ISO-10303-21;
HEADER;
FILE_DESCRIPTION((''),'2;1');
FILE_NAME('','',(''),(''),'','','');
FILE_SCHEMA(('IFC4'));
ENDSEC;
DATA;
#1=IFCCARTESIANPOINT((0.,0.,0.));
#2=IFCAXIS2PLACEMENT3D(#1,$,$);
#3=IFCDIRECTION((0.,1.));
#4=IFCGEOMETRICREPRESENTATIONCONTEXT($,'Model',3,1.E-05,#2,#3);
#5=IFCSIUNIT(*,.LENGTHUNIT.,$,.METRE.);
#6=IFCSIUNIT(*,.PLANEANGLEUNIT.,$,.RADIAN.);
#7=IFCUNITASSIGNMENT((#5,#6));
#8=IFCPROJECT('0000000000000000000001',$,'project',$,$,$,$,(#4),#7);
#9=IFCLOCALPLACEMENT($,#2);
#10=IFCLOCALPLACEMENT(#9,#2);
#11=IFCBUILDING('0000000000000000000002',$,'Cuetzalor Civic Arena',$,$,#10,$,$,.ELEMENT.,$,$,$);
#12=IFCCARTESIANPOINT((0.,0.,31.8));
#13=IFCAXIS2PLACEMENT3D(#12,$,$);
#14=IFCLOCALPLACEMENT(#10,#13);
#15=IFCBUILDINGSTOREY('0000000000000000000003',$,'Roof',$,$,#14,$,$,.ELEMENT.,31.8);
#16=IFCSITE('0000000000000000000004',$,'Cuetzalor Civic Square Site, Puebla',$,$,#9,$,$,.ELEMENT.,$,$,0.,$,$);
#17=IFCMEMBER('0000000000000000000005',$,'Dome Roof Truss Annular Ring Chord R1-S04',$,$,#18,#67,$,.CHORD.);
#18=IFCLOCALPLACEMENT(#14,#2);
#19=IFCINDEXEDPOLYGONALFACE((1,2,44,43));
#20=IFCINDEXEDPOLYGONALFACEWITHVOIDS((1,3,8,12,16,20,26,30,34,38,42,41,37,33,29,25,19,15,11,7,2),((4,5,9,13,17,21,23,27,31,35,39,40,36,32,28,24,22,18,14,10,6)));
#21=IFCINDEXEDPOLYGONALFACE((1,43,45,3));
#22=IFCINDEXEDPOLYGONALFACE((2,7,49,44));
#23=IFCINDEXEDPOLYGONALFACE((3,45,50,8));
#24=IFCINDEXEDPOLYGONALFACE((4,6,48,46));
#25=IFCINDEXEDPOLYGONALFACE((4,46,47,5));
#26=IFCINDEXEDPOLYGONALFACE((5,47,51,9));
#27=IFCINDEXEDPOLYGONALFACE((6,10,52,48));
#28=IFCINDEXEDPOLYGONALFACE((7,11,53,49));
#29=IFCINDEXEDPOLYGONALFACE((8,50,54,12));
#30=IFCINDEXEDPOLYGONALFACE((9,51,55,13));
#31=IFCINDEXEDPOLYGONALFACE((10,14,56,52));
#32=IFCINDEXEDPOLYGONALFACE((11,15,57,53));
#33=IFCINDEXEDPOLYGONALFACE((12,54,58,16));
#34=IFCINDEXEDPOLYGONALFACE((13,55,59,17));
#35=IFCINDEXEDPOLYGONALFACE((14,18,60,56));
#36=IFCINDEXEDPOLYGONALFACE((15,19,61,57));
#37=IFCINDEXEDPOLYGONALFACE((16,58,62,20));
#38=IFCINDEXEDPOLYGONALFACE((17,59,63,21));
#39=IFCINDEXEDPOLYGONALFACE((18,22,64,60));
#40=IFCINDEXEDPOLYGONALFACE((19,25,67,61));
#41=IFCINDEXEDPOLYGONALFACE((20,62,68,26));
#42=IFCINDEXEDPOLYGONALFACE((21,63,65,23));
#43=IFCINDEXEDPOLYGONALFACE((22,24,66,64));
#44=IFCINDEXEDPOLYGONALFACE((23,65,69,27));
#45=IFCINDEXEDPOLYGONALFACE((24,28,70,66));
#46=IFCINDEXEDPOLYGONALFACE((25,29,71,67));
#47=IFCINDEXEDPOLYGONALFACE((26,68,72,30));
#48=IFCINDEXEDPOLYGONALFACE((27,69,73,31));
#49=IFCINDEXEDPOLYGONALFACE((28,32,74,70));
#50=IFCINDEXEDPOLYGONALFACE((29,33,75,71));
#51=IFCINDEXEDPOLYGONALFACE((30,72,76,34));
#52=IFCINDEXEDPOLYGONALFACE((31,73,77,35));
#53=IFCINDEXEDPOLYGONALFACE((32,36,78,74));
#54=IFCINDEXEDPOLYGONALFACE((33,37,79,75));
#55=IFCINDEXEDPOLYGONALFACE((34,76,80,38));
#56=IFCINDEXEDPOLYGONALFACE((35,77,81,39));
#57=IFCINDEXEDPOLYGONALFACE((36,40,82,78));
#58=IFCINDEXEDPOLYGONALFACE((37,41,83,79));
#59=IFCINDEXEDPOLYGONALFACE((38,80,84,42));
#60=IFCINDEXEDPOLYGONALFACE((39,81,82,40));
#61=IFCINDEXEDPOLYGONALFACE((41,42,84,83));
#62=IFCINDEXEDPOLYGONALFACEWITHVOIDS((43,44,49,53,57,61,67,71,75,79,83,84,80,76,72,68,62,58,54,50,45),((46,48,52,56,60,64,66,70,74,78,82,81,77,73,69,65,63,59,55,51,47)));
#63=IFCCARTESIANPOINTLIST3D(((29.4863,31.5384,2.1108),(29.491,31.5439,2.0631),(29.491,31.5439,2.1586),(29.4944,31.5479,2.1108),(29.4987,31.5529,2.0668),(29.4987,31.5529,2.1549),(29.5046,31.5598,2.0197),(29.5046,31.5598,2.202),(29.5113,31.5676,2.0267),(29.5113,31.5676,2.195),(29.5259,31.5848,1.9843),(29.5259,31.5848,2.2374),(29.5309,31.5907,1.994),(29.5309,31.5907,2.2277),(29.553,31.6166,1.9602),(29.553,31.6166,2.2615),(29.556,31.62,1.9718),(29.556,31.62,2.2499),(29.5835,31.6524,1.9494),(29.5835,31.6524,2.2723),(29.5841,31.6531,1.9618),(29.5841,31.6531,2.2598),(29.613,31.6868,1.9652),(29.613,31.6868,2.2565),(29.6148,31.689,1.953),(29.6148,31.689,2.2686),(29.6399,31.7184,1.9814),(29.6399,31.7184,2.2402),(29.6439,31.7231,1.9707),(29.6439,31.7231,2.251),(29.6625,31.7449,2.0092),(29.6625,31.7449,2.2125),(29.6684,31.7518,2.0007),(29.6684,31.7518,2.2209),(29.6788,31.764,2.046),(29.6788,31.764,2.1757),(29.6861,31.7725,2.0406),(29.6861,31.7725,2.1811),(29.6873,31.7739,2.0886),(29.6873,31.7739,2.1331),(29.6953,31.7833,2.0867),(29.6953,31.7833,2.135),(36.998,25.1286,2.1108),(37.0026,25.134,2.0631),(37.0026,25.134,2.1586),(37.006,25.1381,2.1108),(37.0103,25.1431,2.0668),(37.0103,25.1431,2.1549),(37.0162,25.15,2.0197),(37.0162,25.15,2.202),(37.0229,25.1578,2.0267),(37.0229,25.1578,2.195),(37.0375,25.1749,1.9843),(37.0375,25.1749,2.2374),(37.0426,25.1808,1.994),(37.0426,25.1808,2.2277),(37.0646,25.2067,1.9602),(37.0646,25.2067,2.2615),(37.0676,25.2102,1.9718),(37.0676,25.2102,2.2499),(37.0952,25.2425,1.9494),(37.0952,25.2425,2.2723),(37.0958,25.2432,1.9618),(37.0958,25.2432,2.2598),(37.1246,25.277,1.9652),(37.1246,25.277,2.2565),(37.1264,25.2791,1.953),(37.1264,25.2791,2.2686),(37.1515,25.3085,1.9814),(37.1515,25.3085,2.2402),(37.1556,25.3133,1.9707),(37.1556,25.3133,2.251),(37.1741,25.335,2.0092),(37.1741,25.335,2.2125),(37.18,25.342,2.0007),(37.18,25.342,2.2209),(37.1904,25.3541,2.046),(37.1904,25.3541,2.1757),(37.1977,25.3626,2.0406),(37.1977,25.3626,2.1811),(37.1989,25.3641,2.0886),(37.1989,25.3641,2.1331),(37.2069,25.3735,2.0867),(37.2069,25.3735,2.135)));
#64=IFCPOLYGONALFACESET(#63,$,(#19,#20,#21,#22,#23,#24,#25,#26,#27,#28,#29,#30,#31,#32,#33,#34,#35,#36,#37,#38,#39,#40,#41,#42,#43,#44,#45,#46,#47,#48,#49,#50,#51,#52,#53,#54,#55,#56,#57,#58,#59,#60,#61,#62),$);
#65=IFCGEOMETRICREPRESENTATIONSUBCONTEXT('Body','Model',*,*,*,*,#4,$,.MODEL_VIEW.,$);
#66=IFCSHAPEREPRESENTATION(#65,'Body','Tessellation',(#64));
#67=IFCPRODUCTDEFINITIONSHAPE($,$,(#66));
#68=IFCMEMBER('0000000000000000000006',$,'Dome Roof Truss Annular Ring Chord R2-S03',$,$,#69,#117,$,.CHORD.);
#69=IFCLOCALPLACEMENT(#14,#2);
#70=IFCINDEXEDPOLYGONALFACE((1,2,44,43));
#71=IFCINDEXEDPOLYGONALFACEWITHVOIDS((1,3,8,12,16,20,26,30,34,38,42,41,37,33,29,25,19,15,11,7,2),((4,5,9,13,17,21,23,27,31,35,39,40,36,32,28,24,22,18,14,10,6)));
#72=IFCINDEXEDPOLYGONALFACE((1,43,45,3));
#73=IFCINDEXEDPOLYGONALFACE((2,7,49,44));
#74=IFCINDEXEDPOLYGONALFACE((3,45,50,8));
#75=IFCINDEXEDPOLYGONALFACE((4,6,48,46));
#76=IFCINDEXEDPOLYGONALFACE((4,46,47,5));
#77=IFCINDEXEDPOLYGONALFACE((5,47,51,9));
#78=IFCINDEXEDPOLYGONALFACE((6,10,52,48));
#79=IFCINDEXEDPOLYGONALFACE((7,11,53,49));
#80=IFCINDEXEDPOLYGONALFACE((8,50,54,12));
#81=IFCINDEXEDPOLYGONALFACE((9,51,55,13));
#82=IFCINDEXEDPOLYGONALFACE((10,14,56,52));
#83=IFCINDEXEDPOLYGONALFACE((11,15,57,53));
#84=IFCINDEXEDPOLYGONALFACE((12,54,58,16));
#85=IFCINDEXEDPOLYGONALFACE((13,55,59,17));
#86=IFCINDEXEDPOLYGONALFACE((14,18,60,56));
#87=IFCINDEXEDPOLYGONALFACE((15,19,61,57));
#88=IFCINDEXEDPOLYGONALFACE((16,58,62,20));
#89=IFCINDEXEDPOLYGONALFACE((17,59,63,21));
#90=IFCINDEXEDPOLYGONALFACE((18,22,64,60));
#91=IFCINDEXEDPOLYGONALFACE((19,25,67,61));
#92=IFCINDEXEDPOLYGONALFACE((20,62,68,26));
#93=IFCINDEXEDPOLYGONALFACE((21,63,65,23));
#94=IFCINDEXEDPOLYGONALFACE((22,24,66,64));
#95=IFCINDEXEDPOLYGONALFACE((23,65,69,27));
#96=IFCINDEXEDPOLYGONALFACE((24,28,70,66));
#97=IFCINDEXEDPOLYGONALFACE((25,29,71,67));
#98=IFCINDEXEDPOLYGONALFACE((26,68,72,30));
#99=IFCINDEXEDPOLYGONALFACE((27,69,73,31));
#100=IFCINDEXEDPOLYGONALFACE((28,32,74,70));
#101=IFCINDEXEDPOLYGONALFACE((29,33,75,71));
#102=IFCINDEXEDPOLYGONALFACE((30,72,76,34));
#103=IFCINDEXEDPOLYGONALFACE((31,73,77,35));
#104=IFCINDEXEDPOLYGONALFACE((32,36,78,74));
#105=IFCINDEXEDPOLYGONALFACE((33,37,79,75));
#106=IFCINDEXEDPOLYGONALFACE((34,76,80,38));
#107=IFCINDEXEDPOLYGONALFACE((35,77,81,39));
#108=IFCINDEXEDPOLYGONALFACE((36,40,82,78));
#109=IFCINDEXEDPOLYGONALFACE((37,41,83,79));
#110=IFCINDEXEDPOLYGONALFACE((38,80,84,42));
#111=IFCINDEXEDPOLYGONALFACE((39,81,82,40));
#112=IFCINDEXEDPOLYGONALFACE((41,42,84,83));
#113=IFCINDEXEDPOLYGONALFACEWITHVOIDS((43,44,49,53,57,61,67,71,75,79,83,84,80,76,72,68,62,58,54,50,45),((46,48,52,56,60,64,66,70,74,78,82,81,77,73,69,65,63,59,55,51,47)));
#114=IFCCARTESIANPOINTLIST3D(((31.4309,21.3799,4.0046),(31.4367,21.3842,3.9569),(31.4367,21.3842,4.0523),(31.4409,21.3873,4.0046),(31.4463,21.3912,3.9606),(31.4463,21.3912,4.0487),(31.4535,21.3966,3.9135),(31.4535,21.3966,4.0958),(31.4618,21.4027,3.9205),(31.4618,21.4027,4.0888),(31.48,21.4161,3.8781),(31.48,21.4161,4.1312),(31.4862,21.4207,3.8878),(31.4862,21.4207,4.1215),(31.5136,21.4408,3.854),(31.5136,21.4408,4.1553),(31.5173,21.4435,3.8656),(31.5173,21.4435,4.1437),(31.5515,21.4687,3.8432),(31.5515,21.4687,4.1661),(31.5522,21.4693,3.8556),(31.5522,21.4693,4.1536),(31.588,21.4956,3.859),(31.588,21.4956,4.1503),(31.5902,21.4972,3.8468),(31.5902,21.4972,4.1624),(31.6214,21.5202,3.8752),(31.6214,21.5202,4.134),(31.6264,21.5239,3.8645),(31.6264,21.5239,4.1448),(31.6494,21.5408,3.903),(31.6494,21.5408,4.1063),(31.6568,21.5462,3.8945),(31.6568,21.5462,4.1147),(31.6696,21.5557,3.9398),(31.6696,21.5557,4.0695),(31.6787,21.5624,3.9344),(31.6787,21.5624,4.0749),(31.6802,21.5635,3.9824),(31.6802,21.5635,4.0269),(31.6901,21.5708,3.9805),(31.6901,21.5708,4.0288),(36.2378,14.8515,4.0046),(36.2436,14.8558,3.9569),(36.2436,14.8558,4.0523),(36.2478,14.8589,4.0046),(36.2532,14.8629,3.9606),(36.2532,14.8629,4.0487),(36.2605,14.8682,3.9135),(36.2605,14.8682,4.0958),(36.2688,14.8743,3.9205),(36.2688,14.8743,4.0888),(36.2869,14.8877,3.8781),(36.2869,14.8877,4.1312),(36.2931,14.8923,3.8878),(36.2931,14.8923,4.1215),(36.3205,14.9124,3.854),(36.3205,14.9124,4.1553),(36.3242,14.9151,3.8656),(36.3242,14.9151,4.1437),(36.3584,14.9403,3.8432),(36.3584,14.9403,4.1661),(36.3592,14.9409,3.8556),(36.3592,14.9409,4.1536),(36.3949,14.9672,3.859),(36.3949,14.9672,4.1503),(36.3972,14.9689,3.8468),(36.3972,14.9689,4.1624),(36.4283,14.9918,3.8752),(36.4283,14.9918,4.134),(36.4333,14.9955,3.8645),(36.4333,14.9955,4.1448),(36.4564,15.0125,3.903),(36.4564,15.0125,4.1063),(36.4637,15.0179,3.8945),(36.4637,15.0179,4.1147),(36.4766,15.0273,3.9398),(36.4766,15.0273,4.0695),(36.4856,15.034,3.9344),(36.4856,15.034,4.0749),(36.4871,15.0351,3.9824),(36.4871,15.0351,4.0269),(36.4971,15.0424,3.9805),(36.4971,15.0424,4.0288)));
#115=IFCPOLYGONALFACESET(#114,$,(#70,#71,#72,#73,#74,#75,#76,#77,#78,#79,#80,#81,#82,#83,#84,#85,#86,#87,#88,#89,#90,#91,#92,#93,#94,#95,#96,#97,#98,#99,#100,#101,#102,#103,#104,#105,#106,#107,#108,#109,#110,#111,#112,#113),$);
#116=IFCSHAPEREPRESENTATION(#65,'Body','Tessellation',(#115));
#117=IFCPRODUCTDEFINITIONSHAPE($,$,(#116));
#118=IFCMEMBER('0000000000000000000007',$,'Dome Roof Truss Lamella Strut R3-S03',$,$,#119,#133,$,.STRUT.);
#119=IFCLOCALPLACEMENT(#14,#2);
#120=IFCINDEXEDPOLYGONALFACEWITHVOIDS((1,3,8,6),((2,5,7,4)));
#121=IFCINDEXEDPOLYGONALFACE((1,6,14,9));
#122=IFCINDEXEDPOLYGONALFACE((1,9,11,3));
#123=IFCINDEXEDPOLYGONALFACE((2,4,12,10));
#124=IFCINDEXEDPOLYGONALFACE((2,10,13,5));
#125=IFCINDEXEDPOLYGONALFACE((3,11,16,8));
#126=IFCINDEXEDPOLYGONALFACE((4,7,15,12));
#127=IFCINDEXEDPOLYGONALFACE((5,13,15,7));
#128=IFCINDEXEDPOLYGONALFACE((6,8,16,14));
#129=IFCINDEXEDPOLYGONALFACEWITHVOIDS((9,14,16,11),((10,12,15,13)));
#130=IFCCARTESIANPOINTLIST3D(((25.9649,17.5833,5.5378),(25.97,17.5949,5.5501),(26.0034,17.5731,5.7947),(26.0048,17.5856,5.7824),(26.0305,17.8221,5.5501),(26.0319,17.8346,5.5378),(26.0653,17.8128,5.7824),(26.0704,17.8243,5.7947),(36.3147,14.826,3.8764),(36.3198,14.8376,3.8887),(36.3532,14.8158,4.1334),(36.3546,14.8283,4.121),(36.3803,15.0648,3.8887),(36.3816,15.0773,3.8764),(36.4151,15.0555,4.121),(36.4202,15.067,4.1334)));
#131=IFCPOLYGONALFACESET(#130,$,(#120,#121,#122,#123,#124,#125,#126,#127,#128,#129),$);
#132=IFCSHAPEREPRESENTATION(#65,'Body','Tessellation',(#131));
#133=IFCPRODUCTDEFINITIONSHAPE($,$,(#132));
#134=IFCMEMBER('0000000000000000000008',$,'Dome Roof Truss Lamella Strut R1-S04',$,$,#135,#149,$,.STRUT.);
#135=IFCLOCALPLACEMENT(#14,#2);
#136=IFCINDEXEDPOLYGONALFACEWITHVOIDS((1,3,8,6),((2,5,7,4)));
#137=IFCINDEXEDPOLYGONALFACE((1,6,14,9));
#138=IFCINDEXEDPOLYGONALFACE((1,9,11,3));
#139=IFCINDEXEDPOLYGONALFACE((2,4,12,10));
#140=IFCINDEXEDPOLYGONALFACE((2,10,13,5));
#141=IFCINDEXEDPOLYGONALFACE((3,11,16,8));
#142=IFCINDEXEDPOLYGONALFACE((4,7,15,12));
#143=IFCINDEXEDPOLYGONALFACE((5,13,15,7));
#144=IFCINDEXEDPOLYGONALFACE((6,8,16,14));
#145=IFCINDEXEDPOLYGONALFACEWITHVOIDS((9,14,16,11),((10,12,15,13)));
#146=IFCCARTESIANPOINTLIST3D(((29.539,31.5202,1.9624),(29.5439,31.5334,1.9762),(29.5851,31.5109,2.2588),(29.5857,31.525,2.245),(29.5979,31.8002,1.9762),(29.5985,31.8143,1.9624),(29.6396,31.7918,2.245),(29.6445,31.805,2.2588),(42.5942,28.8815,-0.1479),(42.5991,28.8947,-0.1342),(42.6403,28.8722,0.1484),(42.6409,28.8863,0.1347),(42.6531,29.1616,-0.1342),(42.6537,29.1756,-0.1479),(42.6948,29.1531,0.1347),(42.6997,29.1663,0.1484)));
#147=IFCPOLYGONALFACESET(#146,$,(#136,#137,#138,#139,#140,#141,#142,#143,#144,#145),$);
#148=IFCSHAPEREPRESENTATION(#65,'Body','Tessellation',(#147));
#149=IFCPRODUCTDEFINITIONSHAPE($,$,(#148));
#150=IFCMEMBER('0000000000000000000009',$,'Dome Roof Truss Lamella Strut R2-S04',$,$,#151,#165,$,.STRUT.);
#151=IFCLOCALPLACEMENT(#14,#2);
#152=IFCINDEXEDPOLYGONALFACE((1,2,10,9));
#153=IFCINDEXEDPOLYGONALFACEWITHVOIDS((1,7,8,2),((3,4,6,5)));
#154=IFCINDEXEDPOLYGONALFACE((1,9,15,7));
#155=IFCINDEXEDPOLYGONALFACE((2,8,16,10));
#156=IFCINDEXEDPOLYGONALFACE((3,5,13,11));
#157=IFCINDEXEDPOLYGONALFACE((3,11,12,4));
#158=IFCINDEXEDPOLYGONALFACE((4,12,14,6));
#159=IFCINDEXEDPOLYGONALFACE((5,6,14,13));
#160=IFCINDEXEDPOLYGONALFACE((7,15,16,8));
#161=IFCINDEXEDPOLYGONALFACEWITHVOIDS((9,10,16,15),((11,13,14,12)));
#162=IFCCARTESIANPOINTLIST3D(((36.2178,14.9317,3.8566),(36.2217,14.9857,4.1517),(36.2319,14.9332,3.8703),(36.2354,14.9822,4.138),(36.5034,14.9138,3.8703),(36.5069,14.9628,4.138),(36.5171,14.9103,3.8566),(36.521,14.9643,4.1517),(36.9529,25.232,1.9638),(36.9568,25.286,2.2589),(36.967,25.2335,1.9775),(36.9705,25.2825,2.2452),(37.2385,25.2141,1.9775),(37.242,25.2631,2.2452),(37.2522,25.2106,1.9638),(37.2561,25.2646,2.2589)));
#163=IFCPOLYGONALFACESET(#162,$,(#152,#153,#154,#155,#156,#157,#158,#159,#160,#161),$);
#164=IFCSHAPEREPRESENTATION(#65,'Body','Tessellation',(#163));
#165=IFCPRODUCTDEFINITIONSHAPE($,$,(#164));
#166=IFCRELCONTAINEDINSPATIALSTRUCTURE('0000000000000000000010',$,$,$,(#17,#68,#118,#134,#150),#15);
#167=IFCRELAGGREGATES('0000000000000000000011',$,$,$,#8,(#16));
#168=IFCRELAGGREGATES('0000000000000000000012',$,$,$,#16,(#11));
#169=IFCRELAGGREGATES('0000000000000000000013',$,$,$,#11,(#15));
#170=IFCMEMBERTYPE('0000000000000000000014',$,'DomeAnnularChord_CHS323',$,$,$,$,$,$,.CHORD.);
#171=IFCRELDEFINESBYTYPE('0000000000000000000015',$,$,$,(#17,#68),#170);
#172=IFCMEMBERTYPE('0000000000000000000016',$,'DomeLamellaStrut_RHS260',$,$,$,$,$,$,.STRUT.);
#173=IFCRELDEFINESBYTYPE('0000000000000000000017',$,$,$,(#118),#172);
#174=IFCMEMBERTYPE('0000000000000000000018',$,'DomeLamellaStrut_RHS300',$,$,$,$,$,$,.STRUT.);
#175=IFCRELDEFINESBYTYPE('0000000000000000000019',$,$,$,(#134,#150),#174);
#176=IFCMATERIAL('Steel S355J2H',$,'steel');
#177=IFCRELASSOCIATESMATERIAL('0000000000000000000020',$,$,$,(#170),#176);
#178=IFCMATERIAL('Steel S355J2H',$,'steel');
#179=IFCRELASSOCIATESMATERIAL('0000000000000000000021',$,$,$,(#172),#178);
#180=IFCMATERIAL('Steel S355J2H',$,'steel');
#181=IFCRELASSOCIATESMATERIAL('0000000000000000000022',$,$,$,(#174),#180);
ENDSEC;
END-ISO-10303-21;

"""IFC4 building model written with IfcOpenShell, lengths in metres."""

from ifc_helpers import new_model, si_unit, direction, frame, origin, origin_2d, place, context, subcontext, project, spatial, hollow_rectangle, hollow_circle, extrude, material, material_profile, profile_set, type_object, element, save


model = new_model("IFC4")

# Units and contexts
model_context = context("Model", 3, precision=1e-05, world=origin(), true_north=direction((0.0, 1.0)))
body_context = subcontext(model_context, "Body", "Model", "MODEL_VIEW")
ifc_project = project(units=[si_unit("LENGTHUNIT", "METRE"), si_unit("PLANEANGLEUNIT", "RADIAN")], contexts=[model_context])

# Site, building, storey
site_placement = place(None, origin())
site = spatial("IfcSite", under=ifc_project, at=site_placement, Name="Cuetzalor Civic Square Site, Puebla", CompositionType="ELEMENT", RefElevation=0.0)
building_placement = place(site_placement, origin())
building = spatial("IfcBuilding", under=site, at=building_placement, Name="Cuetzalor Civic Arena", CompositionType="ELEMENT")
storey_placement = place(building_placement, frame((0.0, 0.0, 31.8)))
storey = spatial("IfcBuildingStorey", under=building, at=storey_placement, Name="Roof", CompositionType="ELEMENT", Elevation=31.8)

# Members
ifc_material_1 = material(Name="Steel S355J2H", Category="steel")
ifc_material_profile_1 = material_profile(ifc_material_1, hollow_circle(Radius=0.1619, WallThickness=0.0125, at=origin_2d()), Name="CHS 323.9x12.5")
ifc_profile_set_1 = profile_set([ifc_material_profile_1], Name="Steel S355J2H")
member_type_1 = type_object("IfcMemberType", Name="DomeAnnularChord_CHS323", PredefinedType="CHORD", material=ifc_profile_set_1)
member_1_placement = place(storey_placement, frame((37.103, 25.2517, 2.1108), z_axis=(-0.760691, 0.649114, 0.0), x_axis=(-0.649114, -0.760691, 0.0)))
element("IfcMember", 1, at=member_1_placement, inside=storey, type_object=member_type_1, Name="Dome Roof Truss Annular Ring Chord R1-S04", PredefinedType="CHORD", context=body_context, shape_type="SweptSolid", body=[
    extrude(hollow_circle(Radius=0.1619, WallThickness=0.0125, at=origin_2d()), origin(), (0.0, 0.0, 1.0), 9.8748),
])
member_2_placement = place(storey_placement, frame((36.3682, 14.9475, 4.0046), z_axis=(-0.592923, 0.805259, 0.0), x_axis=(-0.805259, -0.592923, 0.0)))
element("IfcMember", 2, at=member_2_placement, inside=storey, type_object=member_type_1, Name="Dome Roof Truss Annular Ring Chord R2-S03", PredefinedType="CHORD", context=body_context, shape_type="SweptSolid", body=[
    extrude(hollow_circle(Radius=0.1619, WallThickness=0.0125, at=origin_2d()), origin(), (0.0, 0.0, 1.0), 8.1072),
])
ifc_material_2 = material(Name="Steel S355J2H", Category="steel")
ifc_material_profile_2 = material_profile(ifc_material_2, hollow_rectangle(XDim=0.26, YDim=0.26, WallThickness=0.0125, at=origin_2d()), Name="RHS 260x260x12.5")
ifc_profile_set_2 = profile_set([ifc_material_profile_2], Name="Steel S355J2H")
member_type_2 = type_object("IfcMemberType", Name="DomeLamellaStrut_RHS260", PredefinedType="STRUT", material=ifc_profile_set_2)
member_3_placement = place(storey_placement, frame((36.3674, 14.9465, 4.0049), z_axis=(-0.954877, 0.254391, 0.153279), x_axis=(-0.257433, -0.966296, 0.0)))
element("IfcMember", 3, at=member_3_placement, inside=storey, type_object=member_type_2, Name="Dome Roof Truss Lamella Strut R3-S03", PredefinedType="STRUT", context=body_context, shape_type="SweptSolid", body=[
    extrude(hollow_rectangle(XDim=0.26, YDim=0.26, WallThickness=0.0125, at=origin_2d()), origin(), (0.0, 0.0, 1.0), 10.8389),
])
ifc_material_3 = material(Name="Steel S355J2H", Category="steel")
ifc_material_profile_3 = material_profile(ifc_material_3, hollow_rectangle(XDim=0.3, YDim=0.3, WallThickness=0.0139, at=origin_2d()), Name="RHS 300x300x14")
ifc_profile_set_3 = profile_set([ifc_material_profile_3], Name="Steel S355J2H")
member_type_3 = type_object("IfcMemberType", Name="DomeLamellaStrut_RHS300", PredefinedType="STRUT", material=ifc_profile_set_3)
member_4_placement = place(storey_placement, frame((42.647, 29.0239, 0.0002), z_axis=(-0.968103, 0.19567, 0.156493), x_axis=(-0.198111, -0.98018, 0.0)))
element("IfcMember", 4, at=member_4_placement, inside=storey, type_object=member_type_3, Name="Dome Roof Truss Lamella Strut R1-S04", PredefinedType="STRUT", context=body_context, shape_type="SweptSolid", body=[
    extrude(hollow_rectangle(XDim=0.3, YDim=0.3, WallThickness=0.0139, at=origin_2d()), origin(), (0.0, 0.0, 1.0), 13.4854),
])
member_5_placement = place(storey_placement, frame((37.1045, 25.2483, 2.1113), z_axis=(-0.07002, -0.981117, 0.180294), x_axis=(0.997463, -0.071187, 0.0)))
element("IfcMember", 5, at=member_5_placement, inside=storey, type_object=member_type_3, Name="Dome Roof Truss Lamella Strut R2-S04", PredefinedType="STRUT", context=body_context, shape_type="SweptSolid", body=[
    extrude(hollow_rectangle(XDim=0.3, YDim=0.3, WallThickness=0.0139, at=origin_2d()), origin(), (0.0, 0.0, 1.0), 10.4985),
])

save(model, "model.ifc")
